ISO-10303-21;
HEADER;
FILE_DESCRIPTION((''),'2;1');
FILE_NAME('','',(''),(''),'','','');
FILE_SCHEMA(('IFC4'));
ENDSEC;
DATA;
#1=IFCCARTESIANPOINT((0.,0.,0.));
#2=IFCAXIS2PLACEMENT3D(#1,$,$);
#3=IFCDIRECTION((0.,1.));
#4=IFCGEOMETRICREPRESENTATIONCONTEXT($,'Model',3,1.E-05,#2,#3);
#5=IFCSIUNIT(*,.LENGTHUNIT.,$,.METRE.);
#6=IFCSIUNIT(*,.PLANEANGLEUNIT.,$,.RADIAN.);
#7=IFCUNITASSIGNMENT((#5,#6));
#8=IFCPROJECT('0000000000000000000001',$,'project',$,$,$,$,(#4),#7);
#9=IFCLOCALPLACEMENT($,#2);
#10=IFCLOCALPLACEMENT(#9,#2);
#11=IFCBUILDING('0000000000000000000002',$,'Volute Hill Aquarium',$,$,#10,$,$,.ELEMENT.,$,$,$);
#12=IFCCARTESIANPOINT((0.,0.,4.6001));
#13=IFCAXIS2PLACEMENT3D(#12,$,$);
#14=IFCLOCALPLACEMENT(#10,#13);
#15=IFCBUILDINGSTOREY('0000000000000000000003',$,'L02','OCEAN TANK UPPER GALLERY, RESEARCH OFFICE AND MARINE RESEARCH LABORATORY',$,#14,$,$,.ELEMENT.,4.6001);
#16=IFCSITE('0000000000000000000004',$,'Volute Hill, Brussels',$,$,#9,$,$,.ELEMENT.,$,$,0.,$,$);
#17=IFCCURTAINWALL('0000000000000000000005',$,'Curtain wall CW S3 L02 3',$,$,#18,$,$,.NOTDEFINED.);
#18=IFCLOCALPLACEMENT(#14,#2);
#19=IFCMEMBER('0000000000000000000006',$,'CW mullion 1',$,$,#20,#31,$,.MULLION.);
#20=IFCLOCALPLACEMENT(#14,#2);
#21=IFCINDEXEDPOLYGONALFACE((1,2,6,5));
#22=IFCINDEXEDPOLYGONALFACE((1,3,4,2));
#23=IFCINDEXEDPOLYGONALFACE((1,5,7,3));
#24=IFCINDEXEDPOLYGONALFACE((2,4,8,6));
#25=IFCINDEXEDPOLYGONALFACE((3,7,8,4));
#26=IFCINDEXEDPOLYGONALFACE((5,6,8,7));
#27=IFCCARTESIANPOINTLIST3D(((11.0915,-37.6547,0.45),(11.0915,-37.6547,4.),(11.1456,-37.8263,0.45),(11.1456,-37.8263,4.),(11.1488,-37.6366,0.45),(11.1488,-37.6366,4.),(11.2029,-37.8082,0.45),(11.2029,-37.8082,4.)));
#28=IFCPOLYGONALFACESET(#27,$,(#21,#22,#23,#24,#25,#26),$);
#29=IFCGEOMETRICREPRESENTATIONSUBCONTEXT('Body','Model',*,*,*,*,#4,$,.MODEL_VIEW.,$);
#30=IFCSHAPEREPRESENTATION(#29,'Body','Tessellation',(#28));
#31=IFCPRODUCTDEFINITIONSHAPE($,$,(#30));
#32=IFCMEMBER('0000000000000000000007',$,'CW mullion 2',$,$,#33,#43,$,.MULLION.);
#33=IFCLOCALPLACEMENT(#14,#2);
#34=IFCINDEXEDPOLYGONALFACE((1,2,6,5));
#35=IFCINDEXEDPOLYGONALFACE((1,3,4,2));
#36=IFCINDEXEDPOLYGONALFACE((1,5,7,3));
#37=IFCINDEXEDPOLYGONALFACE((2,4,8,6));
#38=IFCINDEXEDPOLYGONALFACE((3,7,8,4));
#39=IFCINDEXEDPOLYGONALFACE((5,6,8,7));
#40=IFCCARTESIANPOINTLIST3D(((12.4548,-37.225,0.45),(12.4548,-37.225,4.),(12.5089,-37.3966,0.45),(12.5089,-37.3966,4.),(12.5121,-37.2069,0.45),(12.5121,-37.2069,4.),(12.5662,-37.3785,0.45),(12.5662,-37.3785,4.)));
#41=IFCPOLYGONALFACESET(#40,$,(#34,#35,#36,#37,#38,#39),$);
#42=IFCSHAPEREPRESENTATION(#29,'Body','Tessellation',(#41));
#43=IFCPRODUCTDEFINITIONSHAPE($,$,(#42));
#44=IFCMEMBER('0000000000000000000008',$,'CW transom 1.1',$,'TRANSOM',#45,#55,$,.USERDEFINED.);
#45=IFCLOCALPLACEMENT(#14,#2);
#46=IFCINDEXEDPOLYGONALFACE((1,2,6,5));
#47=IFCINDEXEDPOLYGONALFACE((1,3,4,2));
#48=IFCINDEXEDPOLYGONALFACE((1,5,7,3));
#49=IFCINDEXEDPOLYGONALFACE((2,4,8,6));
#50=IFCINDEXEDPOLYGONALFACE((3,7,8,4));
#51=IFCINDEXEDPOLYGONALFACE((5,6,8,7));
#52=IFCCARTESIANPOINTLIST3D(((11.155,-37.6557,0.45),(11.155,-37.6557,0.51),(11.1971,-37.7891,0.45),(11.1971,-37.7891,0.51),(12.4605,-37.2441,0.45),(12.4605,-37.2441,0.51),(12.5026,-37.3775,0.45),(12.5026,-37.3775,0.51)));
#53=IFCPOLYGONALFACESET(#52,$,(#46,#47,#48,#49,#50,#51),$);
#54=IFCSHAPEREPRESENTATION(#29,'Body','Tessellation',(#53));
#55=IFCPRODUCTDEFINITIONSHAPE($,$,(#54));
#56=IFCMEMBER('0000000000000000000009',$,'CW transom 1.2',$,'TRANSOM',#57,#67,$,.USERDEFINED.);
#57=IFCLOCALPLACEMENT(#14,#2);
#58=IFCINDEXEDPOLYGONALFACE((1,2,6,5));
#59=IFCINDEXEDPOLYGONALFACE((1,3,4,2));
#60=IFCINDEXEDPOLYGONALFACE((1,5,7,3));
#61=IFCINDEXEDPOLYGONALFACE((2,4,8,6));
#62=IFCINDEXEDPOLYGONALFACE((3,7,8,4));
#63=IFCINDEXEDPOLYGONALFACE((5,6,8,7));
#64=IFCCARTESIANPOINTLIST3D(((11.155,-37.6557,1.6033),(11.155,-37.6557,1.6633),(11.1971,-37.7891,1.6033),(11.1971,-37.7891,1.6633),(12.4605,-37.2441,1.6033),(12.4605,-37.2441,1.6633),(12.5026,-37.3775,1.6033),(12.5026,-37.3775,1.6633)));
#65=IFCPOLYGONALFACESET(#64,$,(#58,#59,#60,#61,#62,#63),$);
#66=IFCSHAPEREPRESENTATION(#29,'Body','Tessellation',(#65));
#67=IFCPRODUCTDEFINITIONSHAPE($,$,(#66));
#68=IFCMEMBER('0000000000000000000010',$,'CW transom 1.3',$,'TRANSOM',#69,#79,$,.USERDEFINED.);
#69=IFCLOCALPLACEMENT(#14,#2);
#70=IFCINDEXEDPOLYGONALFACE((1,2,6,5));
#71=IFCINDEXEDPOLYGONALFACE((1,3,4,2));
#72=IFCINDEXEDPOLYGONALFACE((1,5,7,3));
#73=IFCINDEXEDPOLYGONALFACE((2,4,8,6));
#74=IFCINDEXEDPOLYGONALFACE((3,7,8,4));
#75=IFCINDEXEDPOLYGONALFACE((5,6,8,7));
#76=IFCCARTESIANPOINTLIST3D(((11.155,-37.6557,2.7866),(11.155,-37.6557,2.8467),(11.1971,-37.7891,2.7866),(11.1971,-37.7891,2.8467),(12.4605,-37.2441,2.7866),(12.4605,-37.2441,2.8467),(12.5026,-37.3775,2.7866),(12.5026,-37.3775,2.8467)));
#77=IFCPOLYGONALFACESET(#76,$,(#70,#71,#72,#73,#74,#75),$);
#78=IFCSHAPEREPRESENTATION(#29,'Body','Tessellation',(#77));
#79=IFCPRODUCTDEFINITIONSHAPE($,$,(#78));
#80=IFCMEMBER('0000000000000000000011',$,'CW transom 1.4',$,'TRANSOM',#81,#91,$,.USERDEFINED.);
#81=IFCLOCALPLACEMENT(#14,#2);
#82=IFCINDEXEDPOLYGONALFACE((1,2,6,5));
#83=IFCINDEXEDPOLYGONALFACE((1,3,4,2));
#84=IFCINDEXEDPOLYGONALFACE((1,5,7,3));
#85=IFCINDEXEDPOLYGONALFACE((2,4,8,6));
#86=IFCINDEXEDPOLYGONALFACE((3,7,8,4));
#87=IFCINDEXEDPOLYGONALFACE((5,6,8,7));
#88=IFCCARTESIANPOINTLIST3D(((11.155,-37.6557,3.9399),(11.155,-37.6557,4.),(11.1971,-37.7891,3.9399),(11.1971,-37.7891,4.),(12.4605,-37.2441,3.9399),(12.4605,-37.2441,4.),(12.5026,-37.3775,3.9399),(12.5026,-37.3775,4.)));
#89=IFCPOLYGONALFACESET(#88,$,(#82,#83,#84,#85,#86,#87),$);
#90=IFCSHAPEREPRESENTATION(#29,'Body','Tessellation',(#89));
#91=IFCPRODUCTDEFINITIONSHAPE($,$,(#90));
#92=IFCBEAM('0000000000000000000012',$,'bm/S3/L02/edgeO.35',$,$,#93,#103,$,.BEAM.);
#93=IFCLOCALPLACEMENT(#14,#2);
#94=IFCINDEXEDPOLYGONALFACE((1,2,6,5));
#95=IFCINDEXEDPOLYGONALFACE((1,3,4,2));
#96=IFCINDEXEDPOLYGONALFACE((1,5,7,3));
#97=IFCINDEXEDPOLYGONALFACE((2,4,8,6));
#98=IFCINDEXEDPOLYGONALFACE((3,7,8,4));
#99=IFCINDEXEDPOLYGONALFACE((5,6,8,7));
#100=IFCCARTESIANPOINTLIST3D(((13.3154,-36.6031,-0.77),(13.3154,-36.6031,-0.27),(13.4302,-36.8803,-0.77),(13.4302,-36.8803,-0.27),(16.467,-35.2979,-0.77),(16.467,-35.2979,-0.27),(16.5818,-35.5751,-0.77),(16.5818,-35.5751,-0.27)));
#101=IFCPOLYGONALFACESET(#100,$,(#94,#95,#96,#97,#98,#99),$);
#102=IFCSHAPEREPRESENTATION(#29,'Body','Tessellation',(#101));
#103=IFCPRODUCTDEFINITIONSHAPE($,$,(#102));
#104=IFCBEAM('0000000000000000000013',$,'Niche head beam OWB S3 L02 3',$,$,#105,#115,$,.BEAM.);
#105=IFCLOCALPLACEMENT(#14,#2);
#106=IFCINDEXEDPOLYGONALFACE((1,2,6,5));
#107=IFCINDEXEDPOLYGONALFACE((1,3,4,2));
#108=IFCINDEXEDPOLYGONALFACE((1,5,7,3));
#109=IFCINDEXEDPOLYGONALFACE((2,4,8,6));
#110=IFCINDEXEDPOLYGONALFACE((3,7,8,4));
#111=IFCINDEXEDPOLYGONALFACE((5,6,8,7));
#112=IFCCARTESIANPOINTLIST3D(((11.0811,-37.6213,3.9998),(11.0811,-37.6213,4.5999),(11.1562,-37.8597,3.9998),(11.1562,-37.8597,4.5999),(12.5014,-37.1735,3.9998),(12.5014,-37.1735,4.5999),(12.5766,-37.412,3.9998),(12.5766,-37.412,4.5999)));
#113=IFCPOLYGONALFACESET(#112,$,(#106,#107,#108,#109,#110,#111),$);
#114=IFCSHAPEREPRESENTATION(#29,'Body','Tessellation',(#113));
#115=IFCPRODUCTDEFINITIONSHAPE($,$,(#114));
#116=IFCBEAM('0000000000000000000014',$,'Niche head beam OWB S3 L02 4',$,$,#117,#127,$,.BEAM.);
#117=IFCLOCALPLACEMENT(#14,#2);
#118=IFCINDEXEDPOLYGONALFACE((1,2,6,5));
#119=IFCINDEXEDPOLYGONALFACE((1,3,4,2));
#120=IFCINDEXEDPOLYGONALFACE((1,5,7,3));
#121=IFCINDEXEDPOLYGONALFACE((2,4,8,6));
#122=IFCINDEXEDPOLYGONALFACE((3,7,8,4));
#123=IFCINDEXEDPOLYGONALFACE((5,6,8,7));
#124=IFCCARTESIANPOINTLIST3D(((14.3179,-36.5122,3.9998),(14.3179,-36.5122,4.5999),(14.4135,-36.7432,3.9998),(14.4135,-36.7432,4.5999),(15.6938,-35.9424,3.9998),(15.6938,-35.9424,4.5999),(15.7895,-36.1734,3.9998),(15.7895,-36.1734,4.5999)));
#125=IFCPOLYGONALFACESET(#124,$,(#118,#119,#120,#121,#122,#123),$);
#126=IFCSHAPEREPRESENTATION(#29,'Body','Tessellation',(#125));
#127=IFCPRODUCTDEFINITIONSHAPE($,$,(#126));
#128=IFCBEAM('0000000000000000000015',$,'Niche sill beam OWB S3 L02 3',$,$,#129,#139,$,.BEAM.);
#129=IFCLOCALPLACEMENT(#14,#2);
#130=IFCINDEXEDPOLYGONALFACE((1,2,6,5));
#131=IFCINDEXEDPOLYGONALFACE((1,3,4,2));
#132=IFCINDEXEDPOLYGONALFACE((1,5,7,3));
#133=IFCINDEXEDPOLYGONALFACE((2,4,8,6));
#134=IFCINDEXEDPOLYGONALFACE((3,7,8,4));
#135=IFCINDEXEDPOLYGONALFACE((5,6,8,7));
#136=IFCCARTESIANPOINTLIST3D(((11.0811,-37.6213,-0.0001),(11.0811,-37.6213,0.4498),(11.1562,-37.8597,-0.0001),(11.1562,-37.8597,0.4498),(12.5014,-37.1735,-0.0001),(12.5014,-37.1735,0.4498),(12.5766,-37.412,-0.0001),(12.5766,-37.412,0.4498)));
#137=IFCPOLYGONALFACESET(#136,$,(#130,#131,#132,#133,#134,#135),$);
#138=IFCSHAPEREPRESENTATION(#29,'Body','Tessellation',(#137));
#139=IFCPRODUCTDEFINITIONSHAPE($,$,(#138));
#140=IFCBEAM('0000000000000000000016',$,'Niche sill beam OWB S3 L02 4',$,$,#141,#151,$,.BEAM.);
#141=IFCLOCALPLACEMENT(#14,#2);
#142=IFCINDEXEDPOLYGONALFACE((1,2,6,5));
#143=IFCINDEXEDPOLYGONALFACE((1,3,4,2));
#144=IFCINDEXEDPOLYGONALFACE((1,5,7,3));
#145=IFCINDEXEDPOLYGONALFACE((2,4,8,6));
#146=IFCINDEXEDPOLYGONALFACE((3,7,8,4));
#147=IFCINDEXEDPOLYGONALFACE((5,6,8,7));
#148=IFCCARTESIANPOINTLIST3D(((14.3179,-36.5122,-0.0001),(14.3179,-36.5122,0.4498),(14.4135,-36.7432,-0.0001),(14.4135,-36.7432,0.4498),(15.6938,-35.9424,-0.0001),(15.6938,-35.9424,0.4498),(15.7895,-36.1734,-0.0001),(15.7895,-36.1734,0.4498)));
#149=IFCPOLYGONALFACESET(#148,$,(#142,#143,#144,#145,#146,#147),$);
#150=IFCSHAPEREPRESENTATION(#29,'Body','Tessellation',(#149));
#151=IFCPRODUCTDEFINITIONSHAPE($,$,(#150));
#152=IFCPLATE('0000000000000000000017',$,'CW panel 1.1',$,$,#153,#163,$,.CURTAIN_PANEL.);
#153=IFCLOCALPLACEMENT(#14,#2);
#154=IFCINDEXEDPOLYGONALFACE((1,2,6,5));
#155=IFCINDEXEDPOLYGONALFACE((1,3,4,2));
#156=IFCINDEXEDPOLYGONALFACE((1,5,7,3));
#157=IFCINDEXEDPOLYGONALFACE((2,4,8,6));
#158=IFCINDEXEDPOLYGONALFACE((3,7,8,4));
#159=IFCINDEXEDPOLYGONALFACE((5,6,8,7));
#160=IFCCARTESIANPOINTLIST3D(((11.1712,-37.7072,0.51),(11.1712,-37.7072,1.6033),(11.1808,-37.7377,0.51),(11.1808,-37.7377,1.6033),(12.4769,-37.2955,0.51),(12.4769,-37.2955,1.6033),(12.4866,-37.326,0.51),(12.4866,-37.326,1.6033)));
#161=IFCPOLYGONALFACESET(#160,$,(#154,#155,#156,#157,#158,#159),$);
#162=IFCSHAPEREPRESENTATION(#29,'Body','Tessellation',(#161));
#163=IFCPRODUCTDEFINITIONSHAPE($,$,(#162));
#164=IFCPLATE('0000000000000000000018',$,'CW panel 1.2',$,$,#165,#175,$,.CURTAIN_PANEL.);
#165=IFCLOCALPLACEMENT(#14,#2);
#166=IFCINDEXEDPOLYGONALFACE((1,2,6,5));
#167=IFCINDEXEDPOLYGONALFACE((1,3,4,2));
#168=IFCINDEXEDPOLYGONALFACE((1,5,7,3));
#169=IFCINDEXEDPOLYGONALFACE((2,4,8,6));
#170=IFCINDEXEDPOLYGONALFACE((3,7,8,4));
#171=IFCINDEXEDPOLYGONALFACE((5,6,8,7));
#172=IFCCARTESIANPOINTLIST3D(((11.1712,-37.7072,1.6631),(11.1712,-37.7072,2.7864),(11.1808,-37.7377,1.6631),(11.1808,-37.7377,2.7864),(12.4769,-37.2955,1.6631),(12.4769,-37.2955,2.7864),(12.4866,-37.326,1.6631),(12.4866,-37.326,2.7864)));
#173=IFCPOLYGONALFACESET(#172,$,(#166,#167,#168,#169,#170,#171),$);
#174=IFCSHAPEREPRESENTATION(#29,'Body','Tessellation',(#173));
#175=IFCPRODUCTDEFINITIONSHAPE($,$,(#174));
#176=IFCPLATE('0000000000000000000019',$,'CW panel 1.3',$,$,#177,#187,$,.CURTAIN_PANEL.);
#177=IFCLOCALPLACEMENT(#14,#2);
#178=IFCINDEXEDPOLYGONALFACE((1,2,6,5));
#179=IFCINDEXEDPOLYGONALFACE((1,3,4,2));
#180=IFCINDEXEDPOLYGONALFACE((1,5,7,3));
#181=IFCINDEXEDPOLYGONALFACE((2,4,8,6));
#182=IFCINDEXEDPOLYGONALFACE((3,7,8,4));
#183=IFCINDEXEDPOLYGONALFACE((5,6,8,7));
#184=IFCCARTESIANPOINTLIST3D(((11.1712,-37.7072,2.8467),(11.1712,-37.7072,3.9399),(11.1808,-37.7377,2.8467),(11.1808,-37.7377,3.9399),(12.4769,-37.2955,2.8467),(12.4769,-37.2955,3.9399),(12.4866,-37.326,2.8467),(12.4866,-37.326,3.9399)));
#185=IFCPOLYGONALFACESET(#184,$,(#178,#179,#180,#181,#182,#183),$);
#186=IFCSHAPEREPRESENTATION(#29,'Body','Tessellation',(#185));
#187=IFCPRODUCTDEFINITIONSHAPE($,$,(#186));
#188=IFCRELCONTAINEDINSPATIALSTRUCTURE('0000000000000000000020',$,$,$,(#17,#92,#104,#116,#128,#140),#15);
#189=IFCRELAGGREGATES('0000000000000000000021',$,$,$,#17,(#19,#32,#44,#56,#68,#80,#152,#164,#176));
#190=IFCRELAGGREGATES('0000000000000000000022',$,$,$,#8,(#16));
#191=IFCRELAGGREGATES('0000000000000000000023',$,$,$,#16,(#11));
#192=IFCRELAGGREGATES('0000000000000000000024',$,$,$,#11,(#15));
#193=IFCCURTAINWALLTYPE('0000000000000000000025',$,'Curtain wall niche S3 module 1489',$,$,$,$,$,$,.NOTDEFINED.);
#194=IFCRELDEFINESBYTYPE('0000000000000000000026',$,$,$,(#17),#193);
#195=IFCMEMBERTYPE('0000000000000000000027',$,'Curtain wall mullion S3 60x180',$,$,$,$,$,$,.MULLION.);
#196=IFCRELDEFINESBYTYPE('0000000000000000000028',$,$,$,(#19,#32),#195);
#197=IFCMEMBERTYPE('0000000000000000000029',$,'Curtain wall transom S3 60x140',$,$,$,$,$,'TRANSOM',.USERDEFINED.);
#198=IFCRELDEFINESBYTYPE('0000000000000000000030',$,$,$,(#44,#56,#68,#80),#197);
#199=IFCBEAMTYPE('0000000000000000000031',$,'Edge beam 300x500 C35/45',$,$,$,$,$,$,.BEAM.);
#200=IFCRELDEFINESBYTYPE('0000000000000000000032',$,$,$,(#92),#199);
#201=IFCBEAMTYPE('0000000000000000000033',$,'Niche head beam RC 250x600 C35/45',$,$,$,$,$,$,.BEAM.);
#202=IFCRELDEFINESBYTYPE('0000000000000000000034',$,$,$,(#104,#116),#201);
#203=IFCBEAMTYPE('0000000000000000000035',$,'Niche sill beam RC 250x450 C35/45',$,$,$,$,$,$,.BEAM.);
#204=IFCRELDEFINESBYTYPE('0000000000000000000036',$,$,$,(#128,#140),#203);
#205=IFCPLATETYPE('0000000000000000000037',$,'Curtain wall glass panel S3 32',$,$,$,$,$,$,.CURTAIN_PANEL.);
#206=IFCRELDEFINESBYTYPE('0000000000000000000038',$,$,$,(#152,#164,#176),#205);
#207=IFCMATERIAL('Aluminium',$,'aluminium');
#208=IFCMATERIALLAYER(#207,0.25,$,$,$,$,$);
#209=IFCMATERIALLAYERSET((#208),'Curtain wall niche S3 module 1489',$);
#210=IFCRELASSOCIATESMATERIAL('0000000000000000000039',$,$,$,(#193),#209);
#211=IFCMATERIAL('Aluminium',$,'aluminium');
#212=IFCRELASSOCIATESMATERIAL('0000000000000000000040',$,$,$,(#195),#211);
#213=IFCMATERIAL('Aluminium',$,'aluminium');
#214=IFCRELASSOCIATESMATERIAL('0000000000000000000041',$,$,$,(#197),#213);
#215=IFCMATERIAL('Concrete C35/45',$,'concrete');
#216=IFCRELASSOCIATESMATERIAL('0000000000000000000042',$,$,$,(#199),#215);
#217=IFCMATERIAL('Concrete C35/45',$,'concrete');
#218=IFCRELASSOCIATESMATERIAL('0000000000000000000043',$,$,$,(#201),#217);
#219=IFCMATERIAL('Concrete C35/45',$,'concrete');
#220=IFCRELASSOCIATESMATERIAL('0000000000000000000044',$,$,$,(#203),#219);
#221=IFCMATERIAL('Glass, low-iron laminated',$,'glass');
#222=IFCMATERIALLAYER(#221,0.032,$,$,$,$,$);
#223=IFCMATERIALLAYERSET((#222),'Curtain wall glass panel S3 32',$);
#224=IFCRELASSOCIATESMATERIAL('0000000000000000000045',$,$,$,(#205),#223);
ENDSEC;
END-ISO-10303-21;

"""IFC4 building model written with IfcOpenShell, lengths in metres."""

from ifc_helpers import new_model, si_unit, direction, frame, origin, origin_2d, place, context, subcontext, project, spatial, rectangle, extrude, material, layer, layer_set, material_profile, profile_set, type_object, element, aggregate, save


model = new_model("IFC4")

# Units and contexts
model_context = context("Model", 3, precision=1e-05, world=origin(), true_north=direction((0.0, 1.0)))
body_context = subcontext(model_context, "Body", "Model", "MODEL_VIEW")
ifc_project = project(units=[si_unit("LENGTHUNIT", "METRE"), si_unit("PLANEANGLEUNIT", "RADIAN")], contexts=[model_context])

# Site, building, storey
site_placement = place(None, origin())
site = spatial("IfcSite", under=ifc_project, at=site_placement, Name="Volute Hill, Brussels", CompositionType="ELEMENT", RefElevation=0.0)
building_placement = place(site_placement, origin())
building = spatial("IfcBuilding", under=site, at=building_placement, Name="Volute Hill Aquarium", CompositionType="ELEMENT")
storey_placement = place(building_placement, frame((0.0, 0.0, 4.6001)))
storey = spatial("IfcBuildingStorey", under=building, at=storey_placement, Name="L02", Description="OCEAN TANK UPPER GALLERY, RESEARCH OFFICE AND MARINE RESEARCH LABORATORY", CompositionType="ELEMENT", Elevation=4.6001)

# Curtain wall, members
ifc_material_1 = material(Name="Aluminium", Category="aluminium")
ifc_layer_1 = layer(ifc_material_1, 0.25)
ifc_layer_set_1 = layer_set([ifc_layer_1], Name="Curtain wall niche S3 module 1489")
curtain_wall_type = type_object("IfcCurtainWallType", Name="Curtain wall niche S3 module 1489", PredefinedType="NOTDEFINED", material=ifc_layer_set_1)
curtain_wall_placement = place(storey_placement, origin())
curtain_wall = element("IfcCurtainWall", 1, at=curtain_wall_placement, inside=storey, type_object=curtain_wall_type, Name="Curtain wall CW S3 L02 3", PredefinedType="NOTDEFINED")
ifc_material_2 = material(Name="Aluminium", Category="aluminium")
ifc_material_profile_1 = material_profile(ifc_material_2, rectangle(XDim=0.1799, YDim=0.0601, at=origin_2d()), Name="Curtain wall mullion S3 60x180")
ifc_profile_set_1 = profile_set([ifc_material_profile_1], Name="Aluminium")
member_type_1 = type_object("IfcMemberType", Name="Curtain wall mullion S3 60x180", PredefinedType="MULLION", material=ifc_profile_set_1)
member_1_placement = place(storey_placement, frame((11.1472, -37.7314, 0.45), z_axis=(0.0, 0.0, 1.0), x_axis=(-0.300713, 0.953715, 0.0)))
member_1 = element("IfcMember", 2, at=member_1_placement, type_object=member_type_1, Name="CW mullion 1", PredefinedType="MULLION", context=body_context, shape_type="SweptSolid", body=[
    extrude(rectangle(XDim=0.1799, YDim=0.0601, at=origin_2d()), origin(), (0.0, 0.0, 1.0), 3.55),
])
member_2_placement = place(storey_placement, frame((12.5105, -37.3018, 0.45), z_axis=(0.0, 0.0, 1.0), x_axis=(-0.300713, 0.953715, 0.0)))
member_2 = element("IfcMember", 3, at=member_2_placement, type_object=member_type_1, Name="CW mullion 2", PredefinedType="MULLION", context=body_context, shape_type="SweptSolid", body=[
    extrude(rectangle(XDim=0.1799, YDim=0.0601, at=origin_2d()), origin(), (0.0, 0.0, 1.0), 3.55),
])
ifc_material_3 = material(Name="Aluminium", Category="aluminium")
ifc_material_profile_2 = material_profile(ifc_material_3, rectangle(XDim=0.1399, YDim=0.0601, at=origin_2d()), Name="Curtain wall transom S3 60x140")
ifc_profile_set_2 = profile_set([ifc_material_profile_2], Name="Aluminium")
member_type_2 = type_object("IfcMemberType", Name="Curtain wall transom S3 60x140", ElementType="TRANSOM", PredefinedType="USERDEFINED", material=ifc_profile_set_2)
member_3_placement = place(storey_placement, frame((11.176, -37.7224, 0.48), z_axis=(0.953728, 0.30067, 0.0), x_axis=(-0.30067, 0.953728, 0.0)))
member_3 = element("IfcMember", 4, at=member_3_placement, type_object=member_type_2, Name="CW transom 1.1", ObjectType="TRANSOM", PredefinedType="USERDEFINED", context=body_context, shape_type="SweptSolid", body=[
    extrude(rectangle(XDim=0.1399, YDim=0.0601, at=origin_2d()), origin(), (0.0, 0.0, 1.0), 1.3689),
])
member_4_placement = place(storey_placement, frame((11.176, -37.7224, 1.6333), z_axis=(0.953728, 0.30067, 0.0), x_axis=(-0.30067, 0.953728, 0.0)))
member_4 = element("IfcMember", 5, at=member_4_placement, type_object=member_type_2, Name="CW transom 1.2", ObjectType="TRANSOM", PredefinedType="USERDEFINED", context=body_context, shape_type="SweptSolid", body=[
    extrude(rectangle(XDim=0.1399, YDim=0.0601, at=origin_2d()), origin(), (0.0, 0.0, 1.0), 1.3689),
])
member_5_placement = place(storey_placement, frame((11.176, -37.7224, 2.8167), z_axis=(0.953728, 0.30067, 0.0), x_axis=(-0.30067, 0.953728, 0.0)))
member_5 = element("IfcMember", 6, at=member_5_placement, type_object=member_type_2, Name="CW transom 1.3", ObjectType="TRANSOM", PredefinedType="USERDEFINED", context=body_context, shape_type="SweptSolid", body=[
    extrude(rectangle(XDim=0.1399, YDim=0.0601, at=origin_2d()), origin(), (0.0, 0.0, 1.0), 1.3689),
])
member_6_placement = place(storey_placement, frame((11.176, -37.7224, 3.97), z_axis=(0.953728, 0.30067, 0.0), x_axis=(-0.30067, 0.953728, 0.0)))
member_6 = element("IfcMember", 7, at=member_6_placement, type_object=member_type_2, Name="CW transom 1.4", ObjectType="TRANSOM", PredefinedType="USERDEFINED", context=body_context, shape_type="SweptSolid", body=[
    extrude(rectangle(XDim=0.1399, YDim=0.0601, at=origin_2d()), origin(), (0.0, 0.0, 1.0), 1.3689),
])

# Beams
ifc_material_4 = material(Name="Concrete C35/45", Category="concrete")
ifc_material_profile_3 = material_profile(ifc_material_4, rectangle(XDim=0.3, YDim=0.5, at=origin_2d()), Name="RC edge beam 300x500")
ifc_profile_set_3 = profile_set([ifc_material_profile_3], Name="Concrete C35/45")
beam_type_1 = type_object("IfcBeamType", Name="Edge beam 300x500 C35/45", PredefinedType="BEAM", material=ifc_profile_set_3)
beam_placement = place(storey_placement, frame((13.3728, -36.7417, -0.52), z_axis=(0.923907, 0.382617, 0.0), x_axis=(-0.382617, 0.923907, 0.0)))
element("IfcBeam", 8, at=beam_placement, inside=storey, type_object=beam_type_1, Name="bm/S3/L02/edgeO.35", PredefinedType="BEAM", context=body_context, shape_type="SweptSolid", body=[
    extrude(rectangle(XDim=0.3, YDim=0.5, at=origin_2d()), origin(), (0.0, 0.0, 1.0), 3.4111),
])
ifc_material_5 = material(Name="Concrete C35/45", Category="concrete")
ifc_material_profile_4 = material_profile(ifc_material_5, rectangle(XDim=0.25, YDim=0.6001, at=origin_2d()), Name="RC beam 250x600")
ifc_profile_set_4 = profile_set([ifc_material_profile_4], Name="Concrete C35/45")
beam_type_2 = type_object("IfcBeamType", Name="Niche head beam RC 250x600 C35/45", PredefinedType="BEAM", material=ifc_profile_set_4)
for number, where, z_axis, x_axis, name in (
    (9, (11.1187, -37.7405, 4.2998), (0.953736, 0.300645, 0.0), (-0.300645, 0.953736, 0.0), "Niche head beam OWB S3 L02 3"),
    (10, (14.3657, -36.6277, 4.2998), (0.923909, 0.382612, 0.0), (-0.382612, 0.923909, 0.0), "Niche head beam OWB S3 L02 4"),
):
    element("IfcBeam", number, at=place(storey_placement, frame(where, z_axis=z_axis, x_axis=x_axis)), inside=storey, type_object=beam_type_2, Name=name, PredefinedType="BEAM", context=body_context, shape_type="SweptSolid", body=[
        extrude(rectangle(XDim=0.25, YDim=0.6001, at=origin_2d()), origin(), (0.0, 0.0, 1.0), 1.4893),
    ])
ifc_material_6 = material(Name="Concrete C35/45", Category="concrete")
ifc_material_profile_5 = material_profile(ifc_material_6, rectangle(XDim=0.25, YDim=0.45, at=origin_2d()), Name="RC beam 250x450")
ifc_profile_set_5 = profile_set([ifc_material_profile_5], Name="Concrete C35/45")
beam_type_3 = type_object("IfcBeamType", Name="Niche sill beam RC 250x450 C35/45", PredefinedType="BEAM", material=ifc_profile_set_5)
for number, where, z_axis, x_axis, name in (
    (11, (11.1187, -37.7405, 0.2249), (0.953736, 0.300645, 0.0), (-0.300645, 0.953736, 0.0), "Niche sill beam OWB S3 L02 3"),
    (12, (14.3657, -36.6277, 0.2249), (0.923909, 0.382612, 0.0), (-0.382612, 0.923909, 0.0), "Niche sill beam OWB S3 L02 4"),
):
    element("IfcBeam", number, at=place(storey_placement, frame(where, z_axis=z_axis, x_axis=x_axis)), inside=storey, type_object=beam_type_3, Name=name, PredefinedType="BEAM", context=body_context, shape_type="SweptSolid", body=[
        extrude(rectangle(XDim=0.25, YDim=0.45, at=origin_2d()), origin(), (0.0, 0.0, 1.0), 1.4893),
    ])

# Plates
ifc_material_7 = material(Name="Glass, low-iron laminated", Category="glass")
ifc_layer_2 = layer(ifc_material_7, 0.032)
ifc_layer_set_2 = layer_set([ifc_layer_2], Name="Curtain wall glass panel S3 32")
plate_type = type_object("IfcPlateType", Name="Curtain wall glass panel S3 32", PredefinedType="CURTAIN_PANEL", material=ifc_layer_set_2)
plate_1_placement = place(storey_placement, frame((11.8289, -37.5166, 0.51), z_axis=(0.0, 0.0, 1.0), x_axis=(0.953715, 0.300713, 0.0)))
plate_1 = element("IfcPlate", 13, at=plate_1_placement, type_object=plate_type, Name="CW panel 1.1", PredefinedType="CURTAIN_PANEL", context=body_context, shape_type="SweptSolid", body=[
    extrude(rectangle(XDim=1.3691, YDim=0.032, at=origin_2d()), origin(), (0.0, 0.0, 1.0), 1.0933),
])
plate_2_placement = place(storey_placement, frame((11.8289, -37.5166, 1.6631), z_axis=(0.0, 0.0, 1.0), x_axis=(0.953715, 0.300713, 0.0)))
plate_2 = element("IfcPlate", 14, at=plate_2_placement, type_object=plate_type, Name="CW panel 1.2", PredefinedType="CURTAIN_PANEL", context=body_context, shape_type="SweptSolid", body=[
    extrude(rectangle(XDim=1.3691, YDim=0.032, at=origin_2d()), origin(), (0.0, 0.0, 1.0), 1.1233),
])
plate_3_placement = place(storey_placement, frame((11.8289, -37.5166, 2.8467), z_axis=(0.0, 0.0, 1.0), x_axis=(0.953715, 0.300713, 0.0)))
plate_3 = element("IfcPlate", 15, at=plate_3_placement, type_object=plate_type, Name="CW panel 1.3", PredefinedType="CURTAIN_PANEL", context=body_context, shape_type="SweptSolid", body=[
    extrude(rectangle(XDim=1.3691, YDim=0.032, at=origin_2d()), origin(), (0.0, 0.0, 1.0), 1.0933),
])
aggregate(curtain_wall, [member_1, member_2, member_3, member_4, member_5, member_6, plate_1, plate_2, plate_3])

save(model, "model.ifc")
